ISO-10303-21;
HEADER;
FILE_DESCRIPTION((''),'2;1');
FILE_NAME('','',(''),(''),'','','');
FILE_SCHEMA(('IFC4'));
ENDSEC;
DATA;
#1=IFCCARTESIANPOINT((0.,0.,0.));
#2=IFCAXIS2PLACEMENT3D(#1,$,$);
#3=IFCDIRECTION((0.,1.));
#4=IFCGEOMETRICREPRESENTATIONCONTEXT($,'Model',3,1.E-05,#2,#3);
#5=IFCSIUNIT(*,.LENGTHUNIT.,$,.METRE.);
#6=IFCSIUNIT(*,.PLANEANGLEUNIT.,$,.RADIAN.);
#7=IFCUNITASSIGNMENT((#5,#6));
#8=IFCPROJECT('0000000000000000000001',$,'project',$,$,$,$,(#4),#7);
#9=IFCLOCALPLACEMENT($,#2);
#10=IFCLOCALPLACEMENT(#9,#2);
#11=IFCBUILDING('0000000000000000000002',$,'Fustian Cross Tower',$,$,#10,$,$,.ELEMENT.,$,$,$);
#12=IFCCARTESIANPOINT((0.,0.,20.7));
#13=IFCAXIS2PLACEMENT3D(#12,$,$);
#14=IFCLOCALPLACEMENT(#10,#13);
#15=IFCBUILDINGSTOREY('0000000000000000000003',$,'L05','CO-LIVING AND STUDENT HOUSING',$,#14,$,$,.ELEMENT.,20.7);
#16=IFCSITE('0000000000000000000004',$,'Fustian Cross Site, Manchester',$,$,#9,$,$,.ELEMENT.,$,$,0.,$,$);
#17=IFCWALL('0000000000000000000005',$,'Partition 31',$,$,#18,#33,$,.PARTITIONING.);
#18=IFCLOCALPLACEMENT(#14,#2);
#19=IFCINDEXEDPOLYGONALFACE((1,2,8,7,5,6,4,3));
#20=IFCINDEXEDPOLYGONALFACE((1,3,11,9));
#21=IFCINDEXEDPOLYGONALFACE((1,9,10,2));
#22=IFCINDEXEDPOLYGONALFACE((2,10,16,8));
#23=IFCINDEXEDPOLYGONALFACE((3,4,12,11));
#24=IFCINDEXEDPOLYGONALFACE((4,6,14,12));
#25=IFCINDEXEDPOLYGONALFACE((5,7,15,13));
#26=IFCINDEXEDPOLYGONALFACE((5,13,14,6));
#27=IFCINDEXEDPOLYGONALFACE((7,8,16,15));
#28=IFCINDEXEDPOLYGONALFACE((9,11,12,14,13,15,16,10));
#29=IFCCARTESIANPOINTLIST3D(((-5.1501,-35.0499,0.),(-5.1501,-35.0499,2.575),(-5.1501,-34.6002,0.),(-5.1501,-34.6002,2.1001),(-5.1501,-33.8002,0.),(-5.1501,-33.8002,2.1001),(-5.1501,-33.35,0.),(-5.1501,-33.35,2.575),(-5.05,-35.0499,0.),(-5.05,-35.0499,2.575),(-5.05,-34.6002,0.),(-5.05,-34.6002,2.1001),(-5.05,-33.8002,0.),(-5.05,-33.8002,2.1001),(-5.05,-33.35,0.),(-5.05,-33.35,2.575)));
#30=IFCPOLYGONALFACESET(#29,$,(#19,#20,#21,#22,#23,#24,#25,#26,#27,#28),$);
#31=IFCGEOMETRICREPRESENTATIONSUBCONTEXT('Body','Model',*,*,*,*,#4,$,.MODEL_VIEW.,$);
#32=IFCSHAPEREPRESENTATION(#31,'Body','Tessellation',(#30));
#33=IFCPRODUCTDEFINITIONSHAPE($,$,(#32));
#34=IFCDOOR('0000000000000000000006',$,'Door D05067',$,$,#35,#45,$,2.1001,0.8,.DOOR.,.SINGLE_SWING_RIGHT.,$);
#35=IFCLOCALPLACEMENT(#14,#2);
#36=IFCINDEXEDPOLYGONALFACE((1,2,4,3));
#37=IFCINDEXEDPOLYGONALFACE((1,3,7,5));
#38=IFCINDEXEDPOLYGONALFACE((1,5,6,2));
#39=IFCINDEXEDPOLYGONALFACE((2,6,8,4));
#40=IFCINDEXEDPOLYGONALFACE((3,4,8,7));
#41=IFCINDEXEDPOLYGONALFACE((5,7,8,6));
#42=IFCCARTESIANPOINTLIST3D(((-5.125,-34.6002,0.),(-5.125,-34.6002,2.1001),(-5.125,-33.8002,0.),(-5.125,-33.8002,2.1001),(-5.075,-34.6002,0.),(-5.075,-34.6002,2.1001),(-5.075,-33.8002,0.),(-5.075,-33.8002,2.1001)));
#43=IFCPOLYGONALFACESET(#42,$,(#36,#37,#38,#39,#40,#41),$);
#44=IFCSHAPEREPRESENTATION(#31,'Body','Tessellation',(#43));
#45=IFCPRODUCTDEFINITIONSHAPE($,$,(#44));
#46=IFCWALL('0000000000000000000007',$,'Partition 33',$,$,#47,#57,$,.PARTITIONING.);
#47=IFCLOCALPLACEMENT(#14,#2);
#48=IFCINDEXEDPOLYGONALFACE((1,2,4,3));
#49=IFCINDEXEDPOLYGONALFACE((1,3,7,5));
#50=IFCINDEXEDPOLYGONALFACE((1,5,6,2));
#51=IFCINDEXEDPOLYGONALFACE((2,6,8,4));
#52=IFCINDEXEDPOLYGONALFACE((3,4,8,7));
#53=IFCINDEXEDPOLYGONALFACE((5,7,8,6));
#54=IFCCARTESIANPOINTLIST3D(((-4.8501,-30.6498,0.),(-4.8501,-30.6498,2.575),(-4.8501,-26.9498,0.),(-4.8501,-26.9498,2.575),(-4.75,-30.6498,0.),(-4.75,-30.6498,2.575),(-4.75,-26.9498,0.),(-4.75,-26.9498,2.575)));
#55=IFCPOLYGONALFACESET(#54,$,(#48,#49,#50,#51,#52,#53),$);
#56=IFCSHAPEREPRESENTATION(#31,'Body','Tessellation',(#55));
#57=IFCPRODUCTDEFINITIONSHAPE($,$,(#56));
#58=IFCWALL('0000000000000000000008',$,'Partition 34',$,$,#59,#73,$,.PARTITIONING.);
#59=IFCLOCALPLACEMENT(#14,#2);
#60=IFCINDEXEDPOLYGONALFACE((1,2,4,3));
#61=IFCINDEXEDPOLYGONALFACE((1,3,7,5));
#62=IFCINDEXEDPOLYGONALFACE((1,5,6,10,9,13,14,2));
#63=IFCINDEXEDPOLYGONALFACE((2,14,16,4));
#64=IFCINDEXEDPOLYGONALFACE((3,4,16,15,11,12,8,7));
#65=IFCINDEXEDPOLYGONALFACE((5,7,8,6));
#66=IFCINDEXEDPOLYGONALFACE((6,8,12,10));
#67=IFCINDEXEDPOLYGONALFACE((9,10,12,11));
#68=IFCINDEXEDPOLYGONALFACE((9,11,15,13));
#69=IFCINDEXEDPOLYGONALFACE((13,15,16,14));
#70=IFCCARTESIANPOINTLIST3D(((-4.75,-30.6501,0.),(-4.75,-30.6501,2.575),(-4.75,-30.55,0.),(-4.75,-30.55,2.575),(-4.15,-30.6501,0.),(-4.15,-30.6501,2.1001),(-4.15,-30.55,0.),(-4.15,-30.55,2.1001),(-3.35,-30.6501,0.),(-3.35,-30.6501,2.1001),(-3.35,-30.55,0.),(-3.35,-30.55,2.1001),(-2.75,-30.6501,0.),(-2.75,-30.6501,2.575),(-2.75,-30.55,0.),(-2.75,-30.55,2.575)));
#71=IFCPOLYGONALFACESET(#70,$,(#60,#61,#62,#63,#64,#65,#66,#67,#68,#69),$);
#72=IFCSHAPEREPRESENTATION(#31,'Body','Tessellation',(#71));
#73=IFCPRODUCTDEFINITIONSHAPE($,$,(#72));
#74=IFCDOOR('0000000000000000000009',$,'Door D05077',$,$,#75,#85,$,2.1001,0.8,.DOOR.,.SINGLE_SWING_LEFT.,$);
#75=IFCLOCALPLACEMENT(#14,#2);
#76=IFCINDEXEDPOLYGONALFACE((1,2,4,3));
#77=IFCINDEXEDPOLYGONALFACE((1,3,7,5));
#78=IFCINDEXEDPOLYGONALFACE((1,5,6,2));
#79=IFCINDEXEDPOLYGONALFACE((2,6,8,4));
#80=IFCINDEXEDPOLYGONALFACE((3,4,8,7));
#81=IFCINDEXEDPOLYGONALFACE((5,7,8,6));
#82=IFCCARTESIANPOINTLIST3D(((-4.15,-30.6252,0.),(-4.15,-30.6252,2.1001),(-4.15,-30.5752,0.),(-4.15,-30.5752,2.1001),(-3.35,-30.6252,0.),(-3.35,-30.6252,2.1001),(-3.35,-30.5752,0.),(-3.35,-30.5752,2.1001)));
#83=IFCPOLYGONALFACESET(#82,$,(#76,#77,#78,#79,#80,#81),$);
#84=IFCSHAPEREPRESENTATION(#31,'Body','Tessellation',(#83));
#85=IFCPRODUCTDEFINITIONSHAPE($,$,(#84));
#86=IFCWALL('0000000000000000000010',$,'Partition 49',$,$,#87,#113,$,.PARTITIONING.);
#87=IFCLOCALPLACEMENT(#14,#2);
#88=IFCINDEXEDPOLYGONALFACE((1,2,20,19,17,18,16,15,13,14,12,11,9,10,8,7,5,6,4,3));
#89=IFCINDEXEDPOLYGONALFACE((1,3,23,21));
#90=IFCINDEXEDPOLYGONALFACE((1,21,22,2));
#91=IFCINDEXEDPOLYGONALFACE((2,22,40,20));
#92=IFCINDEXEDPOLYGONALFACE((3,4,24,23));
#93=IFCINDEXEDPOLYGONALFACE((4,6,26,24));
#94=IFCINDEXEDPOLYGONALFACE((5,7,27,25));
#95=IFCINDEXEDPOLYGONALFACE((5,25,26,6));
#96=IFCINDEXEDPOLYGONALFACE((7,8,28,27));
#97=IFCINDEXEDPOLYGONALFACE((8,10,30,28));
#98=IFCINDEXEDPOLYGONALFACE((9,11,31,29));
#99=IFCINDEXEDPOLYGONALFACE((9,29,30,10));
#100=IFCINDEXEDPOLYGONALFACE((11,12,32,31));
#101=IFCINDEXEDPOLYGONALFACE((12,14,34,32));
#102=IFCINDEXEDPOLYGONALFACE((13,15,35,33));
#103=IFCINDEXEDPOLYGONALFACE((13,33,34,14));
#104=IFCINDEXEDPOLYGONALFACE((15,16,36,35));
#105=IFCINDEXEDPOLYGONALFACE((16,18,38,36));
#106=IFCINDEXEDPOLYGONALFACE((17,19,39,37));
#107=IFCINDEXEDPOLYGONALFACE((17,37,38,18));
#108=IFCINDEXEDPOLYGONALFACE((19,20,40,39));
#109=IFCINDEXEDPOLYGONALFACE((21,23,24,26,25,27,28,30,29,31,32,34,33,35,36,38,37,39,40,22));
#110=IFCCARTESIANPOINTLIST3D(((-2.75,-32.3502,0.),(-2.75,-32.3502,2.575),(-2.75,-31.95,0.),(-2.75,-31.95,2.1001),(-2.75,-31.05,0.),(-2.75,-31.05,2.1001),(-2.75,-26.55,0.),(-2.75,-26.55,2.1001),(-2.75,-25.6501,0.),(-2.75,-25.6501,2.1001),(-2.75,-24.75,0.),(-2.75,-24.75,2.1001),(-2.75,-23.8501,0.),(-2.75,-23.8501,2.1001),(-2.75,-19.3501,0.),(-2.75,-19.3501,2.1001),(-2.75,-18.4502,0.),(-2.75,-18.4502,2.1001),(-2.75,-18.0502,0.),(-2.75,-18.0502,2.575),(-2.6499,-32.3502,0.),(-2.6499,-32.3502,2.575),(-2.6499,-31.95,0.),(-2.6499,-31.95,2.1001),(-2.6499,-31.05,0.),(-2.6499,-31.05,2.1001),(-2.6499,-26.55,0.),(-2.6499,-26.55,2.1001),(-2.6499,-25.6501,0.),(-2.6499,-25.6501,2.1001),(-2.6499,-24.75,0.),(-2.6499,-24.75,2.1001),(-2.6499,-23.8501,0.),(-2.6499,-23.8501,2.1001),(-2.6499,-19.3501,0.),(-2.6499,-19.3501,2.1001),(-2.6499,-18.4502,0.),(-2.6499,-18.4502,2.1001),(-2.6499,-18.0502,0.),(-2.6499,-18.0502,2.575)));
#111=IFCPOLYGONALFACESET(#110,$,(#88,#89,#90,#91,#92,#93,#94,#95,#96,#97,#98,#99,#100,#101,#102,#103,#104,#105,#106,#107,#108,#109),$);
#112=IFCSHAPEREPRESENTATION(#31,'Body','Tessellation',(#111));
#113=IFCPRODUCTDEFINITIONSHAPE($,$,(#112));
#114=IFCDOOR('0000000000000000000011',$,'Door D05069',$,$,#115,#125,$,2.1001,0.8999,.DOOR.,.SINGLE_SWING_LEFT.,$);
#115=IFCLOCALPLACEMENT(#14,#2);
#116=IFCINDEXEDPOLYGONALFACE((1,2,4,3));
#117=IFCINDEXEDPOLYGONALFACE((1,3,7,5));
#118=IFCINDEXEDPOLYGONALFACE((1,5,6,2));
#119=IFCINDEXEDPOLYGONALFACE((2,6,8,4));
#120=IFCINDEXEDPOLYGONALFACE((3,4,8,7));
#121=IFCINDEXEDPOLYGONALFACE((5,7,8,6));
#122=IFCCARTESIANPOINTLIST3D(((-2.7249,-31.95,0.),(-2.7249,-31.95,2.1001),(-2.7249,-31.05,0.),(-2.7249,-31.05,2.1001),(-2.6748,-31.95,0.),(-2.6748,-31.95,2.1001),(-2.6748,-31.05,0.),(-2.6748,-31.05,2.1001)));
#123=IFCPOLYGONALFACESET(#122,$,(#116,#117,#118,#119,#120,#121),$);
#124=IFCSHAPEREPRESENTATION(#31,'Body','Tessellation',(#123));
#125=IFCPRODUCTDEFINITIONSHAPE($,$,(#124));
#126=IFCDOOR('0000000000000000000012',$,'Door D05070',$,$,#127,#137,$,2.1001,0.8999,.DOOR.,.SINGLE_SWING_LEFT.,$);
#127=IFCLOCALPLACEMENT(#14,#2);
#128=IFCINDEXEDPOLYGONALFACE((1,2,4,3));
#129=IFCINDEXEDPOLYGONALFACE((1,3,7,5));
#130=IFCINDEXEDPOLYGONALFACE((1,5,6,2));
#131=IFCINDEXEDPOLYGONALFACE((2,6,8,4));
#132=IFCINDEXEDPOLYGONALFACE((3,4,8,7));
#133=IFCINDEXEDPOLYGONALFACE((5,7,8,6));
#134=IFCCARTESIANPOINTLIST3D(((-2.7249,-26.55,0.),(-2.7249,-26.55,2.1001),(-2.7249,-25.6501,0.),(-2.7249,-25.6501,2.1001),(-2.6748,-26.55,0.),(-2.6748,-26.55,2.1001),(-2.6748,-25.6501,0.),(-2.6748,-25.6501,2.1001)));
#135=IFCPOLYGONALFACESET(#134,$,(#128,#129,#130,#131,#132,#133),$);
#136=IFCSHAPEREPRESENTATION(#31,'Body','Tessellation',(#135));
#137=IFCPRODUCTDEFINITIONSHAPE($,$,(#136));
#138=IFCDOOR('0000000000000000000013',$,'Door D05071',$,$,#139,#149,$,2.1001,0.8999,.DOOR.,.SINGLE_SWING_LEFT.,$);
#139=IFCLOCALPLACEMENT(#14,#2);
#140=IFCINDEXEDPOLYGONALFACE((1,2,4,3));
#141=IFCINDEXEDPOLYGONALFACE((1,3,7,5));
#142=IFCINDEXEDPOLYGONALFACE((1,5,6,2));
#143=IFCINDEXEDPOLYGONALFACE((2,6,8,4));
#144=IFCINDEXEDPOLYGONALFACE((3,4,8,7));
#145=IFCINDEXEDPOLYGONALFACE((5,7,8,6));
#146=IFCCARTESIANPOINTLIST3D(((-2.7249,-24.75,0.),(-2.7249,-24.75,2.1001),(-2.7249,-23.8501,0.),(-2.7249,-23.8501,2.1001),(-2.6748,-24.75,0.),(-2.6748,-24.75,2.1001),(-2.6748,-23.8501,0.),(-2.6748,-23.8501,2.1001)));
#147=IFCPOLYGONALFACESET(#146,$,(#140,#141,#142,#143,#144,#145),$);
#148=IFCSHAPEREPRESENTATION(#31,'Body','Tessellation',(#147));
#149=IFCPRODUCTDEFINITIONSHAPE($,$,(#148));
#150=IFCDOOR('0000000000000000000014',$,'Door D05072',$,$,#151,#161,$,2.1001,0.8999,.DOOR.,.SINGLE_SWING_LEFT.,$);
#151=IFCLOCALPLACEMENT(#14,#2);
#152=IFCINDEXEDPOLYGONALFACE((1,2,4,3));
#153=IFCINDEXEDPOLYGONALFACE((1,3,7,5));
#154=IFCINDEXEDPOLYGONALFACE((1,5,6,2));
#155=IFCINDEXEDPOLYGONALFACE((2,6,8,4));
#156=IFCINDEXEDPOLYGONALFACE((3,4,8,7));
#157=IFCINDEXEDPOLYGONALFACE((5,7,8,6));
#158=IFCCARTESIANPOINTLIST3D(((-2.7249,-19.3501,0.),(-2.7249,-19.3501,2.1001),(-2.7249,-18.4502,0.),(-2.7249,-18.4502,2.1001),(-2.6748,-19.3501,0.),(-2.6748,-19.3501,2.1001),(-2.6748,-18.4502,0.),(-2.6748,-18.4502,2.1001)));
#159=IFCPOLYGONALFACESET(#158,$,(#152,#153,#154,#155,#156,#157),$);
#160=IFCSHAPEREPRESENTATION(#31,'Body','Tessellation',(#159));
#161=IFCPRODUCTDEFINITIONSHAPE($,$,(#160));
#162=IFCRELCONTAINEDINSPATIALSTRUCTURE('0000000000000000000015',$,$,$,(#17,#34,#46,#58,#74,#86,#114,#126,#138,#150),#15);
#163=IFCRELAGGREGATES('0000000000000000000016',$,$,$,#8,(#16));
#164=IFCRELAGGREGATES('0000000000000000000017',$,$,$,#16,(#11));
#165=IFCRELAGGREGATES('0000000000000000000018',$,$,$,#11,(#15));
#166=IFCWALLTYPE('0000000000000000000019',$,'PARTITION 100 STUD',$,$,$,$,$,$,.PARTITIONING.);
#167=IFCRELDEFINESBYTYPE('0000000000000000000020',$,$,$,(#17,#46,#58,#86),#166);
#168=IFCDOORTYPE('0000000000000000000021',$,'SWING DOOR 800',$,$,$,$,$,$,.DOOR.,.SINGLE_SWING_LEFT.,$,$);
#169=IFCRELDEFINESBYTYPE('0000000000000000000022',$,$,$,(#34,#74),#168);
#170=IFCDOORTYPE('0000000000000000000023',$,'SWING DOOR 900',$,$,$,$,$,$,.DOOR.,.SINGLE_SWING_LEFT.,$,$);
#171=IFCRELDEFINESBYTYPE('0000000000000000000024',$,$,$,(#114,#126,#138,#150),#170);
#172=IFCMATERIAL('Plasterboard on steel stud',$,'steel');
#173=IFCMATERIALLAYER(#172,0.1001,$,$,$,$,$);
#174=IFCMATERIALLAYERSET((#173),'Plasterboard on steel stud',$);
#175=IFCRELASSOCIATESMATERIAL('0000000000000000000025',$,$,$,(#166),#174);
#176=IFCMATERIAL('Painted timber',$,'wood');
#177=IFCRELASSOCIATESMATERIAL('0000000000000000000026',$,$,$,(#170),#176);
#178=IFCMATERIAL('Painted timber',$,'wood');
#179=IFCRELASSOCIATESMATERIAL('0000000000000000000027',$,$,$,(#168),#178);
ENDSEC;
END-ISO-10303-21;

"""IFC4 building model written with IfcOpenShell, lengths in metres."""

from ifc_helpers import new_model, si_unit, direction, frame, frame_2d, origin, place, context, subcontext, project, spatial, rectangle, extrude, material, layer, layer_set, type_object, element, fill, save


model = new_model("IFC4")

# Units and contexts
model_context = context("Model", 3, precision=1e-05, world=origin(), true_north=direction((0.0, 1.0)))
body_context = subcontext(model_context, "Body", "Model", "MODEL_VIEW")
ifc_project = project(units=[si_unit("LENGTHUNIT", "METRE"), si_unit("PLANEANGLEUNIT", "RADIAN")], contexts=[model_context])

# Site, building, storey
site_placement = place(None, origin())
site = spatial("IfcSite", under=ifc_project, at=site_placement, Name="Fustian Cross Site, Manchester", CompositionType="ELEMENT", RefElevation=0.0)
building_placement = place(site_placement, origin())
building = spatial("IfcBuilding", under=site, at=building_placement, Name="Fustian Cross Tower", CompositionType="ELEMENT")
storey_placement = place(building_placement, frame((0.0, 0.0, 20.7)))
storey = spatial("IfcBuildingStorey", under=building, at=storey_placement, Name="L05", Description="CO-LIVING AND STUDENT HOUSING", CompositionType="ELEMENT", Elevation=20.7)

# Wall, opening, door
ifc_material_1 = material(Name="Plasterboard on steel stud", Category="steel")
ifc_layer_1 = layer(ifc_material_1, 0.1001)
ifc_layer_set_1 = layer_set([ifc_layer_1], Name="Plasterboard on steel stud")
wall_type_1 = type_object("IfcWallType", Name="PARTITION 100 STUD", PredefinedType="PARTITIONING", material=ifc_layer_set_1)
ifc_material_2 = material(Name="Painted timber", Category="wood")
door_type_1 = type_object("IfcDoorType", Name="SWING DOOR 900", OperationType="SINGLE_SWING_LEFT", PredefinedType="DOOR", material=ifc_material_2)
wall_1_placement = place(storey_placement, frame((-5.1001, -35.05, 0.0), z_axis=(0.0, 0.0, 1.0), x_axis=(0.0, 1.0, 0.0)))
wall_1 = element("IfcWall", 1, at=wall_1_placement, inside=storey, type_object=wall_type_1, Name="Partition 31", PredefinedType="PARTITIONING", context=body_context, shape_type="SweptSolid", body=[
    extrude(rectangle(XDim=1.7, YDim=0.1001, at=frame_2d((0.8501, 0.0))), origin(), (0.0, 0.0, 1.0), 2.575),
])
opening_1_placement = place(wall_1_placement, frame((0.45, 0.0, 0.0)))
opening_1 = element("IfcOpeningElement", 2, at=opening_1_placement, cuts=wall_1, PredefinedType="OPENING", context=body_context, shape_type="SweptSolid", body=[
    extrude(rectangle(XDim=0.8, YDim=2.1001, at=frame_2d((0.3999, 1.05))), frame((0.0, 0.0601, 0.0), z_axis=(0.0, -1.0, 0.0), x_axis=(1.0, 0.0, 0.0)), (0.0, 0.0, 1.0), 0.1201),
])
ifc_material_3 = material(Name="Painted timber", Category="wood")
door_type_2 = type_object("IfcDoorType", Name="SWING DOOR 800", OperationType="SINGLE_SWING_LEFT", PredefinedType="DOOR", material=ifc_material_3)
door_1_placement = place(opening_1_placement, origin())
door_1 = element("IfcDoor", 3, at=door_1_placement, inside=storey, type_object=door_type_2, Name="Door D05067", OperationType="SINGLE_SWING_RIGHT", OverallHeight=2.1001, OverallWidth=0.8, PredefinedType="DOOR", context=body_context, shape_type="SweptSolid", body=[
    extrude(rectangle(XDim=0.8, YDim=2.1001, at=frame_2d((0.3999, 1.05))), frame((0.0, 0.0249, 0.0), z_axis=(0.0, -1.0, 0.0), x_axis=(1.0, 0.0, 0.0)), (0.0, 0.0, 1.0), 0.05),
])
fill(opening_1, door_1)

# Wall
wall_2_placement = place(storey_placement, frame((-4.8, -30.6499, 0.0), z_axis=(0.0, 0.0, 1.0), x_axis=(0.0, 1.0, 0.0)))
element("IfcWall", 4, at=wall_2_placement, inside=storey, type_object=wall_type_1, Name="Partition 33", PredefinedType="PARTITIONING", context=body_context, shape_type="SweptSolid", body=[
    extrude(rectangle(XDim=3.7, YDim=0.1001, at=frame_2d((1.8501, 0.0))), origin(), (0.0, 0.0, 1.0), 2.575),
])

# Wall, opening, door
wall_3_placement = place(storey_placement, frame((-4.75, -30.6001, 0.0), z_axis=(0.0, 0.0, 1.0), x_axis=(1.0, 0.0, 0.0)))
wall_3 = element("IfcWall", 5, at=wall_3_placement, inside=storey, type_object=wall_type_1, Name="Partition 34", PredefinedType="PARTITIONING", context=body_context, shape_type="SweptSolid", body=[
    extrude(rectangle(XDim=2.0, YDim=0.1001, at=frame_2d((1.0, 0.0))), origin(), (0.0, 0.0, 1.0), 2.575),
])
opening_2_placement = place(wall_3_placement, frame((0.6001, 0.0, 0.0)))
opening_2 = element("IfcOpeningElement", 6, at=opening_2_placement, cuts=wall_3, PredefinedType="OPENING", context=body_context, shape_type="SweptSolid", body=[
    extrude(rectangle(XDim=0.8, YDim=2.1001, at=frame_2d((0.3999, 1.05))), frame((0.0, 0.0601, 0.0), z_axis=(0.0, -1.0, 0.0), x_axis=(1.0, 0.0, 0.0)), (0.0, 0.0, 1.0), 0.1201),
])
door_2_placement = place(opening_2_placement, origin())
door_2 = element("IfcDoor", 7, at=door_2_placement, inside=storey, type_object=door_type_2, Name="Door D05077", OperationType="SINGLE_SWING_LEFT", OverallHeight=2.1001, OverallWidth=0.8, PredefinedType="DOOR", context=body_context, shape_type="SweptSolid", body=[
    extrude(rectangle(XDim=0.8, YDim=2.1001, at=frame_2d((0.3999, 1.05))), frame((0.0, 0.0249, 0.0), z_axis=(0.0, -1.0, 0.0), x_axis=(1.0, 0.0, 0.0)), (0.0, 0.0, 1.0), 0.05),
])
fill(opening_2, door_2)

# Wall, openings, doors
wall_4_placement = place(storey_placement, frame((-2.7, -32.3501, 0.0), z_axis=(0.0, 0.0, 1.0), x_axis=(0.0, 1.0, 0.0)))
wall_4 = element("IfcWall", 8, at=wall_4_placement, inside=storey, type_object=wall_type_1, Name="Partition 49", PredefinedType="PARTITIONING", context=body_context, shape_type="SweptSolid", body=[
    extrude(rectangle(XDim=14.3, YDim=0.1001, at=frame_2d((7.1499, 0.0))), origin(), (0.0, 0.0, 1.0), 2.575),
])
opening_3_placement = place(wall_4_placement, frame((0.4001, 0.0, 0.0)))
opening_3 = element("IfcOpeningElement", 9, at=opening_3_placement, cuts=wall_4, PredefinedType="OPENING", context=body_context, shape_type="SweptSolid", body=[
    extrude(rectangle(XDim=0.8999, YDim=2.1001, at=frame_2d((0.45, 1.05))), frame((0.0, 0.0601, 0.0), z_axis=(0.0, -1.0, 0.0), x_axis=(1.0, 0.0, 0.0)), (0.0, 0.0, 1.0), 0.1201),
])
opening_4_placement = place(wall_4_placement, frame((5.8, 0.0, 0.0)))
opening_4 = element("IfcOpeningElement", 10, at=opening_4_placement, cuts=wall_4, PredefinedType="OPENING", context=body_context, shape_type="SweptSolid", body=[
    extrude(rectangle(XDim=0.8999, YDim=2.1001, at=frame_2d((0.45, 1.05))), frame((0.0, 0.0601, 0.0), z_axis=(0.0, -1.0, 0.0), x_axis=(1.0, 0.0, 0.0)), (0.0, 0.0, 1.0), 0.1201),
])
opening_5_placement = place(wall_4_placement, frame((7.6001, 0.0, 0.0)))
opening_5 = element("IfcOpeningElement", 11, at=opening_5_placement, cuts=wall_4, PredefinedType="OPENING", context=body_context, shape_type="SweptSolid", body=[
    extrude(rectangle(XDim=0.8999, YDim=2.1001, at=frame_2d((0.45, 1.05))), frame((0.0, 0.0601, 0.0), z_axis=(0.0, -1.0, 0.0), x_axis=(1.0, 0.0, 0.0)), (0.0, 0.0, 1.0), 0.1201),
])
opening_6_placement = place(wall_4_placement, frame((13.0, 0.0, 0.0)))
opening_6 = element("IfcOpeningElement", 12, at=opening_6_placement, cuts=wall_4, PredefinedType="OPENING", context=body_context, shape_type="SweptSolid", body=[
    extrude(rectangle(XDim=0.8999, YDim=2.1001, at=frame_2d((0.45, 1.05))), frame((0.0, 0.0601, 0.0), z_axis=(0.0, -1.0, 0.0), x_axis=(1.0, 0.0, 0.0)), (0.0, 0.0, 1.0), 0.1201),
])
door_3_placement = place(opening_3_placement, origin())
door_3 = element("IfcDoor", 13, at=door_3_placement, inside=storey, type_object=door_type_1, Name="Door D05069", OperationType="SINGLE_SWING_LEFT", OverallHeight=2.1001, OverallWidth=0.8999, PredefinedType="DOOR", context=body_context, shape_type="SweptSolid", body=[
    extrude(rectangle(XDim=0.8999, YDim=2.1001, at=frame_2d((0.45, 1.05))), frame((0.0, 0.0249, 0.0), z_axis=(0.0, -1.0, 0.0), x_axis=(1.0, 0.0, 0.0)), (0.0, 0.0, 1.0), 0.05),
])
fill(opening_3, door_3)
door_4_placement = place(opening_4_placement, origin())
door_4 = element("IfcDoor", 14, at=door_4_placement, inside=storey, type_object=door_type_1, Name="Door D05070", OperationType="SINGLE_SWING_LEFT", OverallHeight=2.1001, OverallWidth=0.8999, PredefinedType="DOOR", context=body_context, shape_type="SweptSolid", body=[
    extrude(rectangle(XDim=0.8999, YDim=2.1001, at=frame_2d((0.45, 1.05))), frame((0.0, 0.0249, 0.0), z_axis=(0.0, -1.0, 0.0), x_axis=(1.0, 0.0, 0.0)), (0.0, 0.0, 1.0), 0.05),
])
fill(opening_4, door_4)
door_5_placement = place(opening_5_placement, origin())
door_5 = element("IfcDoor", 15, at=door_5_placement, inside=storey, type_object=door_type_1, Name="Door D05071", OperationType="SINGLE_SWING_LEFT", OverallHeight=2.1001, OverallWidth=0.8999, PredefinedType="DOOR", context=body_context, shape_type="SweptSolid", body=[
    extrude(rectangle(XDim=0.8999, YDim=2.1001, at=frame_2d((0.45, 1.05))), frame((0.0, 0.0249, 0.0), z_axis=(0.0, -1.0, 0.0), x_axis=(1.0, 0.0, 0.0)), (0.0, 0.0, 1.0), 0.05),
])
fill(opening_5, door_5)
door_6_placement = place(opening_6_placement, origin())
door_6 = element("IfcDoor", 16, at=door_6_placement, inside=storey, type_object=door_type_1, Name="Door D05072", OperationType="SINGLE_SWING_LEFT", OverallHeight=2.1001, OverallWidth=0.8999, PredefinedType="DOOR", context=body_context, shape_type="SweptSolid", body=[
    extrude(rectangle(XDim=0.8999, YDim=2.1001, at=frame_2d((0.45, 1.05))), frame((0.0, 0.0249, 0.0), z_axis=(0.0, -1.0, 0.0), x_axis=(1.0, 0.0, 0.0)), (0.0, 0.0, 1.0), 0.05),
])
fill(opening_6, door_6)

save(model, "model.ifc")
